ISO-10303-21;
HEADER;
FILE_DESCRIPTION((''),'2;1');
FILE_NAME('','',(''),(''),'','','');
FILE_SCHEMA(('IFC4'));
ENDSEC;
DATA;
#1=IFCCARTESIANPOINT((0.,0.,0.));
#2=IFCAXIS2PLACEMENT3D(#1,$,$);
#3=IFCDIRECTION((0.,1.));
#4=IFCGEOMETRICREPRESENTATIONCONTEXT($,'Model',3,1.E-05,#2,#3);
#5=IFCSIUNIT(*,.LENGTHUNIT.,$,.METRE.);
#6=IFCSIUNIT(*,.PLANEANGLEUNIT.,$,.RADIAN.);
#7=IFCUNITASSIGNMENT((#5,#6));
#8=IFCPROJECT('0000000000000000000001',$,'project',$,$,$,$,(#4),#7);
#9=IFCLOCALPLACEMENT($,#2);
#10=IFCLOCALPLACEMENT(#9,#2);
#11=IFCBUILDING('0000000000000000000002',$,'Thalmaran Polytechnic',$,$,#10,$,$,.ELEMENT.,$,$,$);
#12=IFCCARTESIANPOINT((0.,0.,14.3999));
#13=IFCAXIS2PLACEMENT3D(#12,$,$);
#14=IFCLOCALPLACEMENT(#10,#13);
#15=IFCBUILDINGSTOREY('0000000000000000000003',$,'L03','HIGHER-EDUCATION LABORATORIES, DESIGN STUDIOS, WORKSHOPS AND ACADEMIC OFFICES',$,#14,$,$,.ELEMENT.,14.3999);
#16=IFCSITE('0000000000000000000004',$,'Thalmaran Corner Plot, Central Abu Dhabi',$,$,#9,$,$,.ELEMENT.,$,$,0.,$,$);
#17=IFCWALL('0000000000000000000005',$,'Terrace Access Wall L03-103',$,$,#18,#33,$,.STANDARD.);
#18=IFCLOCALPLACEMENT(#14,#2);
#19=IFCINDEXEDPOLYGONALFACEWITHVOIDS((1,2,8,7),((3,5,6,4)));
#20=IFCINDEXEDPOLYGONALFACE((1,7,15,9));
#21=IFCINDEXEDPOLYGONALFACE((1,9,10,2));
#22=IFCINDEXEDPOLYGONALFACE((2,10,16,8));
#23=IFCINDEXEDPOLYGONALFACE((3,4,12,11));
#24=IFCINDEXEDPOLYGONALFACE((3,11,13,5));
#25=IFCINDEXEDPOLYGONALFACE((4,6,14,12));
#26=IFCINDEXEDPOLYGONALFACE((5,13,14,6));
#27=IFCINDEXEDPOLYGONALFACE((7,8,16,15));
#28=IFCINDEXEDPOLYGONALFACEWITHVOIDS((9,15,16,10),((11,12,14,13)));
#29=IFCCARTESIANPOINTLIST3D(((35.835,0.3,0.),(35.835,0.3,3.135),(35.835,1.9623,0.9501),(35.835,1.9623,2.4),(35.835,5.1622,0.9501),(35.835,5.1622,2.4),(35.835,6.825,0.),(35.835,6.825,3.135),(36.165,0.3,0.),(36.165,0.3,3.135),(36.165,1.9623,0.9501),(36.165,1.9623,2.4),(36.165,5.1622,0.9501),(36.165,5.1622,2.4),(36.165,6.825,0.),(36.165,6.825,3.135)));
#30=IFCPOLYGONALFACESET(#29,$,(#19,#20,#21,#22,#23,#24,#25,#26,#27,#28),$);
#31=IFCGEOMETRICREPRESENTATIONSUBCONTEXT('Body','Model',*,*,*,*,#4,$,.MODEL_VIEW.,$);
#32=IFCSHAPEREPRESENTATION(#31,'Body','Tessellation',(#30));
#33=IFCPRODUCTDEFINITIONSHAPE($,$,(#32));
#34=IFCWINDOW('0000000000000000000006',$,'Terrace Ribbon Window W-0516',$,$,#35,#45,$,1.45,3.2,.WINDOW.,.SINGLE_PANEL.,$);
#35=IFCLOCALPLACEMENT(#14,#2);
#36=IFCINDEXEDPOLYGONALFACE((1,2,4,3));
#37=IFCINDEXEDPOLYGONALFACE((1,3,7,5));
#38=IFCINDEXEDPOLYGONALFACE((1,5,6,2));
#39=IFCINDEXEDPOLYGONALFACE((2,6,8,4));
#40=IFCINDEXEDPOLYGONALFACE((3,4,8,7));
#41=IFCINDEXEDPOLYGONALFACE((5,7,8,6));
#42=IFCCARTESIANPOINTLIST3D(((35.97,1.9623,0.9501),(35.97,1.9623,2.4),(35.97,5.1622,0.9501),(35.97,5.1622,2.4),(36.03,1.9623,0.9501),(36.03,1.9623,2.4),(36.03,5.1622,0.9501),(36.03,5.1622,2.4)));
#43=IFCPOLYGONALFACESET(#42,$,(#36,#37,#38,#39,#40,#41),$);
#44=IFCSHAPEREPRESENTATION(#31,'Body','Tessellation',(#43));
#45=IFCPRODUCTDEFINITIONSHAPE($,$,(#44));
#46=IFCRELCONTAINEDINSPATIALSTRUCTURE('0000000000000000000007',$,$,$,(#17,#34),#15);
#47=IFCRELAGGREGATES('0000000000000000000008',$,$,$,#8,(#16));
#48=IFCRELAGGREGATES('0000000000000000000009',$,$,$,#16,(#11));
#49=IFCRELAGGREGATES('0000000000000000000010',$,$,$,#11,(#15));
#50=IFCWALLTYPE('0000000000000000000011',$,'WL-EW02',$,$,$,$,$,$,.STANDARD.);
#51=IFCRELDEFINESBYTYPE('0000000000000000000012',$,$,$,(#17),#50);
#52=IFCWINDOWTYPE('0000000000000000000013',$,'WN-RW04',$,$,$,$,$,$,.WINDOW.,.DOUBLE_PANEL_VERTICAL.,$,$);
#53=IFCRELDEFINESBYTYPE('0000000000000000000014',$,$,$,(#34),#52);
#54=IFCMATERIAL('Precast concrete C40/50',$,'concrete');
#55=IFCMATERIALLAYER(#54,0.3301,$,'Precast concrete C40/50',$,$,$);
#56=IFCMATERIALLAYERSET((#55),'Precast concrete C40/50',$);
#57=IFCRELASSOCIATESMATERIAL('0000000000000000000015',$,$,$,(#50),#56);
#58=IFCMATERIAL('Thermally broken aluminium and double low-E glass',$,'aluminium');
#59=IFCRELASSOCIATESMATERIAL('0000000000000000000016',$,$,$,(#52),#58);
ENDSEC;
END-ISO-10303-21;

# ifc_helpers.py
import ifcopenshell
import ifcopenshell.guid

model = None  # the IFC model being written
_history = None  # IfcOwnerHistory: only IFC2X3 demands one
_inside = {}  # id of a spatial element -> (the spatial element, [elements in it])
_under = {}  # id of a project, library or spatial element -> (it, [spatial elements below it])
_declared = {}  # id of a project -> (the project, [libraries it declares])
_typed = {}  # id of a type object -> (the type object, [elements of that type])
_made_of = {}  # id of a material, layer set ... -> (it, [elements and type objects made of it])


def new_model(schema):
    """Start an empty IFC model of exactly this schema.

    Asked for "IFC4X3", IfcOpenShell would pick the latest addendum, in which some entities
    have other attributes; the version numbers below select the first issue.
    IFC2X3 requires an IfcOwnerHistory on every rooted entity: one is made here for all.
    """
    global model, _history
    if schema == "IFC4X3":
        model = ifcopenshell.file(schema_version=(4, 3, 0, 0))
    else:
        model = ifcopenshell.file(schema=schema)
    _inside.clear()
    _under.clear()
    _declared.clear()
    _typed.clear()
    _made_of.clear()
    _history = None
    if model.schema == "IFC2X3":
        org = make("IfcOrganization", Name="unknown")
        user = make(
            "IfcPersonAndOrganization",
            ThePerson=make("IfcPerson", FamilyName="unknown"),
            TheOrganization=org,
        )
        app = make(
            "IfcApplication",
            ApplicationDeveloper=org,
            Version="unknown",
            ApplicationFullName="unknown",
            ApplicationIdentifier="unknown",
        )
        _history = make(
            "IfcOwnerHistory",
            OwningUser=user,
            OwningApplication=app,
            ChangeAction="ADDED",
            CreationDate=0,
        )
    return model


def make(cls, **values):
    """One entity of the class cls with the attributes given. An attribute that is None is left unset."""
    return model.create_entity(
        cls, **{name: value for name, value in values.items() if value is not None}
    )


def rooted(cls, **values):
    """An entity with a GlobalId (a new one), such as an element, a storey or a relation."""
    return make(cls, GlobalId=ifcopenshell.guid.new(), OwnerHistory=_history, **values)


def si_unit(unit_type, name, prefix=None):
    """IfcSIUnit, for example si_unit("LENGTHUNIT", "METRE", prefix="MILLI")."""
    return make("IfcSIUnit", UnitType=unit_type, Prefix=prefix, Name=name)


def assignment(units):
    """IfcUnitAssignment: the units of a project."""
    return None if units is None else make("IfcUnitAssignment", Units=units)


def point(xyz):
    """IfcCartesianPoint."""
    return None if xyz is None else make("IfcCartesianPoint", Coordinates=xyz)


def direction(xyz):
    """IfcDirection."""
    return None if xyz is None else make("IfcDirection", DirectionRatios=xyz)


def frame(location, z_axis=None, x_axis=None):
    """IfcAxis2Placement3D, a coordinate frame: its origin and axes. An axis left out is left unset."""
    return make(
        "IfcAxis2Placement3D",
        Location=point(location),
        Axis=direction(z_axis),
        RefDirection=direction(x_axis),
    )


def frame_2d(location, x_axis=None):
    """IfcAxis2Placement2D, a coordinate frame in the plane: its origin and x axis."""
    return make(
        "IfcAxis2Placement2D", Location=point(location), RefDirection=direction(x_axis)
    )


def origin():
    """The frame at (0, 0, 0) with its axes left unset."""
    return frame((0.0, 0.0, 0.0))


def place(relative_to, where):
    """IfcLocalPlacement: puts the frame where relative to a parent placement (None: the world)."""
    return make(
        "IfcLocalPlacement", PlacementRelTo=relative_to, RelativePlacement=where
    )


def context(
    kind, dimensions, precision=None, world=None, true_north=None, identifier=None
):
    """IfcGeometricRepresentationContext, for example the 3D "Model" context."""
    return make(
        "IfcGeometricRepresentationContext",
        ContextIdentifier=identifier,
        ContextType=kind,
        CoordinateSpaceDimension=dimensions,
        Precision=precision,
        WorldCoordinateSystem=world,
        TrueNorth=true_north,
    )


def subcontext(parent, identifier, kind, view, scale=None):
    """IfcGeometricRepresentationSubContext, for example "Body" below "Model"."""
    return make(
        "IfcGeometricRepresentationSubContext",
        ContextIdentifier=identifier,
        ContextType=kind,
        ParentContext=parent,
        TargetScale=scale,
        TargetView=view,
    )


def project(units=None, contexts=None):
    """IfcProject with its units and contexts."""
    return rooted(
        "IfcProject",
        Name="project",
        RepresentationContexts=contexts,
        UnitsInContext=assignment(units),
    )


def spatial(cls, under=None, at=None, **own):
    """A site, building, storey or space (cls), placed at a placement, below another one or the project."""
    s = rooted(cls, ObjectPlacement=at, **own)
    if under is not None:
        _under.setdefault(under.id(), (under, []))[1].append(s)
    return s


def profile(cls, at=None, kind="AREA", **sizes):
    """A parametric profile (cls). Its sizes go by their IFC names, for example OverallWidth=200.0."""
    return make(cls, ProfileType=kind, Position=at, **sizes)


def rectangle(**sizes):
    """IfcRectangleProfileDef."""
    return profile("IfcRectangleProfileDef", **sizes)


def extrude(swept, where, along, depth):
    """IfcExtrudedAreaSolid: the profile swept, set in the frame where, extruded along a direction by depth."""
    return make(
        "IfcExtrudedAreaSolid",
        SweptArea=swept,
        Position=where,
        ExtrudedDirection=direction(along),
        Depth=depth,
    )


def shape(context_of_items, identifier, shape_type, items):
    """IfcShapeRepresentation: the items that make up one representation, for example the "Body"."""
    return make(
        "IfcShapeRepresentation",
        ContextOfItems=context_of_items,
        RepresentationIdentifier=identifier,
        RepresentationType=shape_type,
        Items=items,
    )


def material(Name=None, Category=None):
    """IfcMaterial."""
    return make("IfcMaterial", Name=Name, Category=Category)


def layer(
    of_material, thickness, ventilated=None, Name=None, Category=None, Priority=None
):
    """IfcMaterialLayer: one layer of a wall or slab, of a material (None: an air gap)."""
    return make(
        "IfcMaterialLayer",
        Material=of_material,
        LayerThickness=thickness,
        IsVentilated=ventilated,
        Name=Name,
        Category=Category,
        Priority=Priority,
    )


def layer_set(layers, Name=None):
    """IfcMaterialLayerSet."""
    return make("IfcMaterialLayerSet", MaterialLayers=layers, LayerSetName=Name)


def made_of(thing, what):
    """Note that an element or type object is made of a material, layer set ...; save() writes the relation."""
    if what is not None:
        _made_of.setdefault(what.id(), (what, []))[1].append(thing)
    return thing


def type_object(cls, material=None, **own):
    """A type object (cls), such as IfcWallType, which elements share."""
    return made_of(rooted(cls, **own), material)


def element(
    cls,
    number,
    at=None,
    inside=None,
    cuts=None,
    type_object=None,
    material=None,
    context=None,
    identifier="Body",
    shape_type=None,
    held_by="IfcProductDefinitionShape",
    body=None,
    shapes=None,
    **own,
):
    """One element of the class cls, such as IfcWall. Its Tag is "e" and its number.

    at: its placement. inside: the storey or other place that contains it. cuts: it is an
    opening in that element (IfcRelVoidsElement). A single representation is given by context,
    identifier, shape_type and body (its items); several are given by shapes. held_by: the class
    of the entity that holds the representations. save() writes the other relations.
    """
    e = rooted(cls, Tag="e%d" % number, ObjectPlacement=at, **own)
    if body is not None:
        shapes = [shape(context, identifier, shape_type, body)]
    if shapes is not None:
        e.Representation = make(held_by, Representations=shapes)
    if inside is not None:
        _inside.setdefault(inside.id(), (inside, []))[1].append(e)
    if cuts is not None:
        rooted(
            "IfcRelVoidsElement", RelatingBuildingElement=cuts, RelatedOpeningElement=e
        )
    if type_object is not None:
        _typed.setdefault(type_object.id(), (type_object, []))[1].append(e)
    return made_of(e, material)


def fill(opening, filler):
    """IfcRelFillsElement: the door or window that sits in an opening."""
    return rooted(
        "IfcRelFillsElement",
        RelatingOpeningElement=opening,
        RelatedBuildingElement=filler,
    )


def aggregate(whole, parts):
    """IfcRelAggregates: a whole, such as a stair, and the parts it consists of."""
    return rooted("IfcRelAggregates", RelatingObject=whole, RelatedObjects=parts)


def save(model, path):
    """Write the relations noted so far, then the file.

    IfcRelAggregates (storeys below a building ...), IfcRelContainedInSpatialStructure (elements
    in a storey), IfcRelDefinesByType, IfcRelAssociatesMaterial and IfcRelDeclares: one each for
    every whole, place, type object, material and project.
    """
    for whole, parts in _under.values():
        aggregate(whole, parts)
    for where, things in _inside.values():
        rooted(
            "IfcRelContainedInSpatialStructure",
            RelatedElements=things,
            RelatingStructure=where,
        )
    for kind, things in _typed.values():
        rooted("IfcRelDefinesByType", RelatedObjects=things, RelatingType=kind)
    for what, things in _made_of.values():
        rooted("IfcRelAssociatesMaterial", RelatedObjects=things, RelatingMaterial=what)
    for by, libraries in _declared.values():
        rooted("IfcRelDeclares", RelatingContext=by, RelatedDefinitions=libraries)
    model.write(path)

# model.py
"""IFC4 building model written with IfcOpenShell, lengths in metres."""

from ifc_helpers import new_model, si_unit, direction, frame, frame_2d, origin, place, context, subcontext, project, spatial, rectangle, extrude, material, layer, layer_set, type_object, element, fill, save


model = new_model("IFC4")

# Units and contexts
model_context = context("Model", 3, precision=1e-05, world=origin(), true_north=direction((0.0, 1.0)))
body_context = subcontext(model_context, "Body", "Model", "MODEL_VIEW")
ifc_project = project(units=[si_unit("LENGTHUNIT", "METRE"), si_unit("PLANEANGLEUNIT", "RADIAN")], contexts=[model_context])

# Site, building, storey
site_placement = place(None, origin())
site = spatial("IfcSite", under=ifc_project, at=site_placement, Name="Thalmaran Corner Plot, Central Abu Dhabi", CompositionType="ELEMENT", RefElevation=0.0)
building_placement = place(site_placement, origin())
building = spatial("IfcBuilding", under=site, at=building_placement, Name="Thalmaran Polytechnic", CompositionType="ELEMENT")
storey_placement = place(building_placement, frame((0.0, 0.0, 14.3999)))
storey = spatial("IfcBuildingStorey", under=building, at=storey_placement, Name="L03", Description="HIGHER-EDUCATION LABORATORIES, DESIGN STUDIOS, WORKSHOPS AND ACADEMIC OFFICES", CompositionType="ELEMENT", Elevation=14.3999)

# Shared definitions
ifc_material_1 = material(Name="Precast concrete C40/50", Category="concrete")
ifc_material_2 = material(Name="Thermally broken aluminium and double low-E glass", Category="aluminium")

# Shared definitions
ifc_layer_1 = layer(ifc_material_1, 0.3301, Name="Precast concrete C40/50")
ifc_layer_set_1 = layer_set([ifc_layer_1], Name="Precast concrete C40/50")
wall_type_1 = type_object("IfcWallType", Name="WL-EW02", PredefinedType="STANDARD", material=ifc_layer_set_1)

# Wall, opening, window
wall_1_placement = place(storey_placement, frame((36.0, 6.825, 0.0), z_axis=(0.0, 0.0, 1.0), x_axis=(0.0, -1.0, 0.0)))
wall_1 = element("IfcWall", 1, at=wall_1_placement, inside=storey, type_object=wall_type_1, Name="Terrace Access Wall L03-103", PredefinedType="STANDARD", context=body_context, shape_type="SweptSolid", body=[
    extrude(rectangle(XDim=6.5249, YDim=0.3301, at=frame_2d((3.2625, 0.0))), origin(), (0.0, 0.0, 1.0), 3.135),
])
opening_1_placement = place(wall_1_placement, frame((1.6626, 0.0, 0.95)))
opening_1 = element("IfcOpeningElement", 2, at=opening_1_placement, cuts=wall_1, PredefinedType="OPENING", context=body_context, shape_type="SweptSolid", body=[
    extrude(rectangle(XDim=3.2, YDim=1.45, at=frame_2d((1.6001, 0.7251))), frame((0.0, 0.175, 0.0), z_axis=(0.0, -1.0, 0.0), x_axis=(1.0, 0.0, 0.0)), (0.0, 0.0, 1.0), 0.3501),
])
window_type_1 = type_object("IfcWindowType", Name="WN-RW04", PartitioningType="DOUBLE_PANEL_VERTICAL", PredefinedType="WINDOW", material=ifc_material_2)
window_1_placement = place(opening_1_placement, origin())
window_1 = element("IfcWindow", 3, at=window_1_placement, inside=storey, type_object=window_type_1, Name="Terrace Ribbon Window W-0516", OverallHeight=1.45, OverallWidth=3.2, PartitioningType="SINGLE_PANEL", PredefinedType="WINDOW", context=body_context, shape_type="SweptSolid", body=[
    extrude(rectangle(XDim=3.2, YDim=1.45, at=frame_2d((1.6001, 0.7251))), frame((0.0, 0.03, 0.0), z_axis=(0.0, -1.0, 0.0), x_axis=(1.0, 0.0, 0.0)), (0.0, 0.0, 1.0), 0.0601),
])
fill(opening_1, window_1)

save(model, "model.ifc")
